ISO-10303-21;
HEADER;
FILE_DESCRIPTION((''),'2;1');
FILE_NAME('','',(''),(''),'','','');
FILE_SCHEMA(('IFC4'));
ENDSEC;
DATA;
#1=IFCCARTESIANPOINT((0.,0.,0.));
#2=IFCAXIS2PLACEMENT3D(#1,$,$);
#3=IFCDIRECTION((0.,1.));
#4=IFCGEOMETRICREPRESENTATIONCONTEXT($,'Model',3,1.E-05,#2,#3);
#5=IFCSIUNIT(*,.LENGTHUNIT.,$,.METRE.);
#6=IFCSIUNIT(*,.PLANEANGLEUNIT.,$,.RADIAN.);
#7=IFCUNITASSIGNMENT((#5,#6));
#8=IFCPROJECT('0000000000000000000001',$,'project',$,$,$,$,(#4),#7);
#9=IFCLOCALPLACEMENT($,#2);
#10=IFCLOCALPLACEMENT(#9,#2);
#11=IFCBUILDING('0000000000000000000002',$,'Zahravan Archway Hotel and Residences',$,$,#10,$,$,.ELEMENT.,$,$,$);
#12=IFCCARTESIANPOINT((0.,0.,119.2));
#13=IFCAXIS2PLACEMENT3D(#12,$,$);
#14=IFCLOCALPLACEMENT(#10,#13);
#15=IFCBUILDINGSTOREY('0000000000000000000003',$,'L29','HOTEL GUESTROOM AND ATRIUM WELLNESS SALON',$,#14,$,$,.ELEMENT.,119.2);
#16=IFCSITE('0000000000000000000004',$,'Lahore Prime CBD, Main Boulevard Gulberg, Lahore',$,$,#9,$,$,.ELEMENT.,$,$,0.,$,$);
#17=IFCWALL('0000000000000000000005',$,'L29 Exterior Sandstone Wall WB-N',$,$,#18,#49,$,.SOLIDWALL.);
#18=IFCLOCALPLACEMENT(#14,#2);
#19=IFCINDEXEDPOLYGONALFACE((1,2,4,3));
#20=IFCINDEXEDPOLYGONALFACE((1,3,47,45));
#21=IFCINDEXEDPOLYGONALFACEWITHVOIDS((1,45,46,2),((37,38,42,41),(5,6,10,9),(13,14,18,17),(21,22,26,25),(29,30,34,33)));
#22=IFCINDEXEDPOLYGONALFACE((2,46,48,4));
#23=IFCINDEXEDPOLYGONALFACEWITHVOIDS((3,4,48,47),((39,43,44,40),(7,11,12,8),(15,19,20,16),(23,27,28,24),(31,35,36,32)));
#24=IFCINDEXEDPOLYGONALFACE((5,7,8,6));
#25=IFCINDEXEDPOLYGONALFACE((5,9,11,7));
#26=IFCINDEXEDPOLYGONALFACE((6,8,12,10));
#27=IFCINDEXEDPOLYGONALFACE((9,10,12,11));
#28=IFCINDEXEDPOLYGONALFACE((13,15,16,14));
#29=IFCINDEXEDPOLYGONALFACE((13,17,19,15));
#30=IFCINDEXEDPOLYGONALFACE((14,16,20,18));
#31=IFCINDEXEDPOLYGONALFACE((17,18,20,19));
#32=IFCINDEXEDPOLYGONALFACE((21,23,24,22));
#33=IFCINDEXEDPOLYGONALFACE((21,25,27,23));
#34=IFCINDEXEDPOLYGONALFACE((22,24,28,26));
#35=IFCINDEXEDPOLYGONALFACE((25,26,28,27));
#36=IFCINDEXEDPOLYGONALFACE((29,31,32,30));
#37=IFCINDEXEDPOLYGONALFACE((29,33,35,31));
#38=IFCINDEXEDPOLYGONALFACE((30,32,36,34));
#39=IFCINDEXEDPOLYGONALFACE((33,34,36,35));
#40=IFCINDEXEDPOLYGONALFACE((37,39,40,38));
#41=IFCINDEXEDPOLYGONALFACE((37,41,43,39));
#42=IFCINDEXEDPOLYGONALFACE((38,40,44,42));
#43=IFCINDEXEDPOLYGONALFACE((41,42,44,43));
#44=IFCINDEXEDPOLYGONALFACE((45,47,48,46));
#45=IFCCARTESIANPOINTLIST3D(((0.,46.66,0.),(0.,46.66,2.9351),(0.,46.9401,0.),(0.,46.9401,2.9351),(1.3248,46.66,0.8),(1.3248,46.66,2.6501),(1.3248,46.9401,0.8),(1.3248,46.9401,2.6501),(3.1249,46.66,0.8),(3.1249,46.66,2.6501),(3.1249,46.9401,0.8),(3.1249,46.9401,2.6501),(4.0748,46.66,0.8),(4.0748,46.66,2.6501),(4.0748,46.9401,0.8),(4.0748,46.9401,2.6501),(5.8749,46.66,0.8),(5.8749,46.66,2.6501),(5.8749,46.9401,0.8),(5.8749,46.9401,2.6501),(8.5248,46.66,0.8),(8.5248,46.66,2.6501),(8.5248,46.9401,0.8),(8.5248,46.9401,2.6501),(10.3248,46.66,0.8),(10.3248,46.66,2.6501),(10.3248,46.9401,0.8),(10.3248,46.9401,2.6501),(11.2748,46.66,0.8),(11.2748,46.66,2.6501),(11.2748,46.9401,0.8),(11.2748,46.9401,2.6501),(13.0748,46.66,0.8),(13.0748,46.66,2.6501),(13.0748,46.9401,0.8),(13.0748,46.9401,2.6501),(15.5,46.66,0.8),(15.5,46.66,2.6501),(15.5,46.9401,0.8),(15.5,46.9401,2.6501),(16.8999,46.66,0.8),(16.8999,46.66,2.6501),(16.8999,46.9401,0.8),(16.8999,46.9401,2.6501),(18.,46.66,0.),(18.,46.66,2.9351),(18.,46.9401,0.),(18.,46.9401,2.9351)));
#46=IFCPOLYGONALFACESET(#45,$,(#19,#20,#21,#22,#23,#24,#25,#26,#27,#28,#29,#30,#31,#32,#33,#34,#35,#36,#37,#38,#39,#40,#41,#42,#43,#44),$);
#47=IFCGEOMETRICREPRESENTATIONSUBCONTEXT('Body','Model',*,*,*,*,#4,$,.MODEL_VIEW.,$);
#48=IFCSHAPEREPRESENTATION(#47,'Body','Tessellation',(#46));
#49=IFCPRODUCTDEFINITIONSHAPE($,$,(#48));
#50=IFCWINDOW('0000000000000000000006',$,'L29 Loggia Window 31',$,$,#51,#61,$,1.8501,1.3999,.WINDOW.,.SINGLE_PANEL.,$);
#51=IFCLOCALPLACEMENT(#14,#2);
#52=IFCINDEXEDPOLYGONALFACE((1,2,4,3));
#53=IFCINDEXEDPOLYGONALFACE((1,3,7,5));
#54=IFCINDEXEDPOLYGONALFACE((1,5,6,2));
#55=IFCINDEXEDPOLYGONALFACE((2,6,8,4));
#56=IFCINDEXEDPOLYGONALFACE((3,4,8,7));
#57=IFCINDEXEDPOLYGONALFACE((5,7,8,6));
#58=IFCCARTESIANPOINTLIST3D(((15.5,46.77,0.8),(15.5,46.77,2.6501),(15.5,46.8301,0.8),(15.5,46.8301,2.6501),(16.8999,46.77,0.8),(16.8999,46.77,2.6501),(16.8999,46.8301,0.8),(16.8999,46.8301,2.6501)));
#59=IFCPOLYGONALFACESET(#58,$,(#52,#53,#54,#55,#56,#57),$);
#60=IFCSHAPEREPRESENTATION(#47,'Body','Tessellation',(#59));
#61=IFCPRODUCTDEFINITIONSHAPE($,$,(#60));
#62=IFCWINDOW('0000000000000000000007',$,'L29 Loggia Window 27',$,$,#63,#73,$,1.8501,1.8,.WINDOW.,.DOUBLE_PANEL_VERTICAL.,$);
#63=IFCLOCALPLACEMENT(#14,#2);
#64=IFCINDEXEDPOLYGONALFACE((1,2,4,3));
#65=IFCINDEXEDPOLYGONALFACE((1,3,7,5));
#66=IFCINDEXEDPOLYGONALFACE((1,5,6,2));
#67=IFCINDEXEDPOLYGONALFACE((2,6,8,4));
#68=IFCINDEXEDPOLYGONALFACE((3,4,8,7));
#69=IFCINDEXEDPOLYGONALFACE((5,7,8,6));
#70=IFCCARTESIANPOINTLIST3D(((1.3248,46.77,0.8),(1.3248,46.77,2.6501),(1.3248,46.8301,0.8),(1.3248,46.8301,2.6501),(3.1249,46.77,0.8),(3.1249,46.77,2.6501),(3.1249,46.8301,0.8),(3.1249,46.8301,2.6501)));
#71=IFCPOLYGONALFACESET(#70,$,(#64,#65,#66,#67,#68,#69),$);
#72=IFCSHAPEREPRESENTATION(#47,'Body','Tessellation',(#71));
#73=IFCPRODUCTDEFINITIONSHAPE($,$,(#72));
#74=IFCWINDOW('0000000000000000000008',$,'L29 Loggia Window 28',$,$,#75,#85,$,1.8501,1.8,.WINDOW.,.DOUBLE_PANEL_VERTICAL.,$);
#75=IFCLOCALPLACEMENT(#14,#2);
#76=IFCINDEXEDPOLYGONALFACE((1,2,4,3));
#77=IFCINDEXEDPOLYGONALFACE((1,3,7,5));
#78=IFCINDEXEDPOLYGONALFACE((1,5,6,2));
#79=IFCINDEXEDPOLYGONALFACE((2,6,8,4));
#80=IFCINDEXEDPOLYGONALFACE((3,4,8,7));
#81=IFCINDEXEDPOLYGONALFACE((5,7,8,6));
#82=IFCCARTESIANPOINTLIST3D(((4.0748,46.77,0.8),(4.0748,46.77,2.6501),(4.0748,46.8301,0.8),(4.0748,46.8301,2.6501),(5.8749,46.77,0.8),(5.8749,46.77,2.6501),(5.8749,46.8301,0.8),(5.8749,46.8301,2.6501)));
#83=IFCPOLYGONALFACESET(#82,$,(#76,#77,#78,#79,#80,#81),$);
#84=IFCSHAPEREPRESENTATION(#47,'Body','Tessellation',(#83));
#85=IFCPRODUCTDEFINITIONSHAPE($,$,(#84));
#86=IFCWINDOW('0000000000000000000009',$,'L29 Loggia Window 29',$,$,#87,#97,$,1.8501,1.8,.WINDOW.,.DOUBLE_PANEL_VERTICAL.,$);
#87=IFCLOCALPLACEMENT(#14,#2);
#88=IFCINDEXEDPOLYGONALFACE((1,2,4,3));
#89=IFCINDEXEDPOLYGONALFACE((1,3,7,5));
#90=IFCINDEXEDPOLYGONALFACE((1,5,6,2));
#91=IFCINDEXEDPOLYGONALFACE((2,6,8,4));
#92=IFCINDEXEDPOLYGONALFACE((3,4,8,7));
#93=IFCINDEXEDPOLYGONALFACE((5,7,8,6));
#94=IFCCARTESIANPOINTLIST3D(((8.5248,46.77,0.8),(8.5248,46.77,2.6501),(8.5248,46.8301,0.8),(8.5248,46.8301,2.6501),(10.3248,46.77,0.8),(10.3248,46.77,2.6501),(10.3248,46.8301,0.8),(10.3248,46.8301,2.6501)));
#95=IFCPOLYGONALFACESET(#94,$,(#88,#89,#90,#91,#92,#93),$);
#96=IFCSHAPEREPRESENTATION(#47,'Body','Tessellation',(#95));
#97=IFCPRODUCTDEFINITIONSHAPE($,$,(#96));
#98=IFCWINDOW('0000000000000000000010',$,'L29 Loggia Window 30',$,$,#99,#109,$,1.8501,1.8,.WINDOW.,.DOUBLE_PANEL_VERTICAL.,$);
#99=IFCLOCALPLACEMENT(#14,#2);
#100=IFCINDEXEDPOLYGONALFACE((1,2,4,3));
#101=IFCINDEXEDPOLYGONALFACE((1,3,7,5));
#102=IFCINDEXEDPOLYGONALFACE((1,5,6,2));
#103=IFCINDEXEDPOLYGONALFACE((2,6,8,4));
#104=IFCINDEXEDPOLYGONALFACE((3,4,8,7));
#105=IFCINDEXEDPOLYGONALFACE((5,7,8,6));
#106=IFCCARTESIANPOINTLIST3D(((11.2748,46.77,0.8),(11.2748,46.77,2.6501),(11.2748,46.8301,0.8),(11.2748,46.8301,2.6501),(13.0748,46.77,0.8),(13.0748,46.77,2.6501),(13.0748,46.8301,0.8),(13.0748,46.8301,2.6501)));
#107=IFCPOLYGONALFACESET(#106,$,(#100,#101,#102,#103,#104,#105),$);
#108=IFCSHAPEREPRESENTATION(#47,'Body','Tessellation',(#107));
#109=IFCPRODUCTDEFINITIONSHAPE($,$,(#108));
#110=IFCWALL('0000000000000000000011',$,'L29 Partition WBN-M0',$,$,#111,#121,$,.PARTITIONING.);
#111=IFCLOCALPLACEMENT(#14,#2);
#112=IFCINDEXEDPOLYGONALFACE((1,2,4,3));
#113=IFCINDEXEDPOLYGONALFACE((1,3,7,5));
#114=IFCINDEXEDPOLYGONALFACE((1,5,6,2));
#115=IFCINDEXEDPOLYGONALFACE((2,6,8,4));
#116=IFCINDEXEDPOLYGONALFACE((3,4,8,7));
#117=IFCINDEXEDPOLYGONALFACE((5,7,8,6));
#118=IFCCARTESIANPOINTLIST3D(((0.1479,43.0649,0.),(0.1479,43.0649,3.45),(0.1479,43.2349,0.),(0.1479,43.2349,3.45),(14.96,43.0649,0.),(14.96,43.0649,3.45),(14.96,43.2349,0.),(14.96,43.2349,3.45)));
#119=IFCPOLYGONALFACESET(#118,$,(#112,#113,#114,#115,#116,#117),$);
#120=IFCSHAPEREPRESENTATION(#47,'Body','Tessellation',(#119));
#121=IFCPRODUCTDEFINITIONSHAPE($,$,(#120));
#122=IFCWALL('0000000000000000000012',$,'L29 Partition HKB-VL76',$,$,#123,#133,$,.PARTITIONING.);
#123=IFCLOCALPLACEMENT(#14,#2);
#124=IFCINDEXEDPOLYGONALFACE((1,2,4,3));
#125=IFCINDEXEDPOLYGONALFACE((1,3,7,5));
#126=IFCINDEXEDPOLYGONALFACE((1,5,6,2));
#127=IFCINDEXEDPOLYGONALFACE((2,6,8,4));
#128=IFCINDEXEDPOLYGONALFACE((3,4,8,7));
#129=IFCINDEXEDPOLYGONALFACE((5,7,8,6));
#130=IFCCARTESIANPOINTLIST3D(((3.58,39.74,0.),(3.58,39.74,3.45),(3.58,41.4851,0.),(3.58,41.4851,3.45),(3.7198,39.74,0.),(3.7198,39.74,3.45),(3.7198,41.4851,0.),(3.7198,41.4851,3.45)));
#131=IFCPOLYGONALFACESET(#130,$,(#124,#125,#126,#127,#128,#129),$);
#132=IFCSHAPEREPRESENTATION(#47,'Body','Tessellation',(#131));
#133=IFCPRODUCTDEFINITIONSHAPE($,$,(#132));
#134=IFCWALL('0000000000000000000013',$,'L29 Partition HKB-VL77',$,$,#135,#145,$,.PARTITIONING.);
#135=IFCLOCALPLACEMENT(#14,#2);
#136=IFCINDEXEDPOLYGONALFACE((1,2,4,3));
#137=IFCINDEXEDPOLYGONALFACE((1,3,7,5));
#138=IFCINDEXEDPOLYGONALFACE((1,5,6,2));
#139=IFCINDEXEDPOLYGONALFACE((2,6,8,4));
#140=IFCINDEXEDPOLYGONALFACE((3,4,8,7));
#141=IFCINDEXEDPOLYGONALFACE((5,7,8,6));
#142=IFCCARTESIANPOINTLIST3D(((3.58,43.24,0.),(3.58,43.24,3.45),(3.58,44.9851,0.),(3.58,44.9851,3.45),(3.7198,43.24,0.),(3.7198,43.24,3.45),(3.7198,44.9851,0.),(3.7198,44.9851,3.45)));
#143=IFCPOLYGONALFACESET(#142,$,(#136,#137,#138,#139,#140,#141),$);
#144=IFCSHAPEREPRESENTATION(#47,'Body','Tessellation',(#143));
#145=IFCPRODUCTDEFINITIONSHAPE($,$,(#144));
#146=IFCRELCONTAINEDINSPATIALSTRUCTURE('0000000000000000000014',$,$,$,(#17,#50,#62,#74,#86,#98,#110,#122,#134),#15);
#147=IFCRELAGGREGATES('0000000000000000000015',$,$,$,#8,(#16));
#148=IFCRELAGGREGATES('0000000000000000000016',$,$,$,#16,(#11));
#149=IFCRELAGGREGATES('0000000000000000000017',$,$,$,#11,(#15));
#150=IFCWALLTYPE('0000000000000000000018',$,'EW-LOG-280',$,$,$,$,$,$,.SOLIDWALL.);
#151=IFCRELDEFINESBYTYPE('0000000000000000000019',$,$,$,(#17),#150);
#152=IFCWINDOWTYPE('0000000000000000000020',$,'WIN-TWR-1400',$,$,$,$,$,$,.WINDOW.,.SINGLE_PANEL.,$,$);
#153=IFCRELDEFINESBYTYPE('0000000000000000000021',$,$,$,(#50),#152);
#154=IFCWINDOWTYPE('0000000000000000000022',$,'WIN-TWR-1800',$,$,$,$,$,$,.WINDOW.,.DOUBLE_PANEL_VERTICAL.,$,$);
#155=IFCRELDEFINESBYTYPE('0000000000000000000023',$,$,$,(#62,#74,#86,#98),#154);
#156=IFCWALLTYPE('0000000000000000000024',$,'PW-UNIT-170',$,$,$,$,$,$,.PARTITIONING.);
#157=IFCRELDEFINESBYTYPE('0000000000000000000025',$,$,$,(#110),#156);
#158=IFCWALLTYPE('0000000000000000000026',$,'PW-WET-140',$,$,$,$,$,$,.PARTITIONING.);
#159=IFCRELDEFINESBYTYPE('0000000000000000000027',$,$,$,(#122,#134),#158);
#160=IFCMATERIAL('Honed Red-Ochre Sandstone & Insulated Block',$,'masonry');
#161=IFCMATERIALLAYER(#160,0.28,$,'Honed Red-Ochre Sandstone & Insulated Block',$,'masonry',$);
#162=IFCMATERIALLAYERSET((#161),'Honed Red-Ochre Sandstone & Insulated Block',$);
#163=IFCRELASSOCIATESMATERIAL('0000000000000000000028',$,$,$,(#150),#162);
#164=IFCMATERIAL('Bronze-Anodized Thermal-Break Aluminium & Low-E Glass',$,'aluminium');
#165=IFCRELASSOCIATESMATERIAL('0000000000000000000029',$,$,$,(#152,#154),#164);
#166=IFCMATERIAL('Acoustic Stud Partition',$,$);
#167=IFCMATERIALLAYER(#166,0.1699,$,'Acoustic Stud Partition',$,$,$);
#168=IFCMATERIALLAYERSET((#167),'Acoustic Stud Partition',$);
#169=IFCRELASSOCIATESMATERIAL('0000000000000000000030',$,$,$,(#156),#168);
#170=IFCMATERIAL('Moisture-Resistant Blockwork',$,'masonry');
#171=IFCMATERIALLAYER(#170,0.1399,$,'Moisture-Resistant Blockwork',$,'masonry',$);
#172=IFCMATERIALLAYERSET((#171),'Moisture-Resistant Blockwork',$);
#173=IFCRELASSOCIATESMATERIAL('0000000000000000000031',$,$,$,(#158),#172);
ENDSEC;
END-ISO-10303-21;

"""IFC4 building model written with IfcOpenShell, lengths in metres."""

from ifc_helpers import new_model, si_unit, direction, frame, frame_2d, origin, place, context, subcontext, project, spatial, rectangle, extrude, source, transform, mapped, material, layer, layer_set, type_object, type_shapes, element, fill, save


model = new_model("IFC4")

# Units and contexts
model_context = context("Model", 3, precision=1e-05, world=origin(), true_north=direction((0.0, 1.0)))
body_context = subcontext(model_context, "Body", "Model", "MODEL_VIEW")
ifc_project = project(units=[si_unit("LENGTHUNIT", "METRE"), si_unit("PLANEANGLEUNIT", "RADIAN")], contexts=[model_context])

# Site, building, storey
site_placement = place(None, origin())
site = spatial("IfcSite", under=ifc_project, at=site_placement, Name="Lahore Prime CBD, Main Boulevard Gulberg, Lahore", CompositionType="ELEMENT", RefElevation=0.0)
building_placement = place(site_placement, origin())
building = spatial("IfcBuilding", under=site, at=building_placement, Name="Zahravan Archway Hotel and Residences", CompositionType="ELEMENT")
storey_placement = place(building_placement, frame((0.0, 0.0, 119.2)))
storey = spatial("IfcBuildingStorey", under=building, at=storey_placement, Name="L29", Description="HOTEL GUESTROOM AND ATRIUM WELLNESS SALON", CompositionType="ELEMENT", Elevation=119.2)

# Wall, openings, windows
ifc_material_1 = material(Name="Honed Red-Ochre Sandstone & Insulated Block", Category="masonry")
ifc_layer_1 = layer(ifc_material_1, 0.28, Name="Honed Red-Ochre Sandstone & Insulated Block", Category="masonry")
ifc_layer_set_1 = layer_set([ifc_layer_1], Name="Honed Red-Ochre Sandstone & Insulated Block")
wall_type_1 = type_object("IfcWallType", Name="EW-LOG-280", PredefinedType="SOLIDWALL", material=ifc_layer_set_1)
wall_1_placement = place(storey_placement, frame((0.0, 46.8, 0.0), z_axis=(0.0, 0.0, 1.0), x_axis=(1.0, 0.0, 0.0)))
wall_1 = element("IfcWall", 1, at=wall_1_placement, inside=storey, type_object=wall_type_1, Name="L29 Exterior Sandstone Wall WB-N", PredefinedType="SOLIDWALL", context=body_context, shape_type="SweptSolid", body=[
    extrude(rectangle(XDim=18.0, YDim=0.28, at=frame_2d((9.0, 0.0))), origin(), (0.0, 0.0, 1.0), 2.9351),
])
opening_1_placement = place(wall_1_placement, frame((1.325, 0.0, 0.8)))
opening_1 = element("IfcOpeningElement", 2, at=opening_1_placement, cuts=wall_1, PredefinedType="OPENING", context=body_context, shape_type="SweptSolid", body=[
    extrude(rectangle(XDim=1.8, YDim=1.8501, at=frame_2d((0.8999, 0.925))), frame((0.0, 0.1499, 0.0), z_axis=(0.0, -1.0, 0.0), x_axis=(1.0, 0.0, 0.0)), (0.0, 0.0, 1.0), 0.3),
])
opening_2_placement = place(wall_1_placement, frame((4.075, 0.0, 0.8)))
opening_2 = element("IfcOpeningElement", 3, at=opening_2_placement, cuts=wall_1, PredefinedType="OPENING", context=body_context, shape_type="SweptSolid", body=[
    extrude(rectangle(XDim=1.8, YDim=1.8501, at=frame_2d((0.8999, 0.925))), frame((0.0, 0.1499, 0.0), z_axis=(0.0, -1.0, 0.0), x_axis=(1.0, 0.0, 0.0)), (0.0, 0.0, 1.0), 0.3),
])
opening_3_placement = place(wall_1_placement, frame((8.5249, 0.0, 0.8)))
opening_3 = element("IfcOpeningElement", 4, at=opening_3_placement, cuts=wall_1, PredefinedType="OPENING", context=body_context, shape_type="SweptSolid", body=[
    extrude(rectangle(XDim=1.8, YDim=1.8501, at=frame_2d((0.8999, 0.925))), frame((0.0, 0.1499, 0.0), z_axis=(0.0, -1.0, 0.0), x_axis=(1.0, 0.0, 0.0)), (0.0, 0.0, 1.0), 0.3),
])
opening_4_placement = place(wall_1_placement, frame((11.2749, 0.0, 0.8)))
opening_4 = element("IfcOpeningElement", 5, at=opening_4_placement, cuts=wall_1, PredefinedType="OPENING", context=body_context, shape_type="SweptSolid", body=[
    extrude(rectangle(XDim=1.8, YDim=1.8501, at=frame_2d((0.8999, 0.925))), frame((0.0, 0.1499, 0.0), z_axis=(0.0, -1.0, 0.0), x_axis=(1.0, 0.0, 0.0)), (0.0, 0.0, 1.0), 0.3),
])
opening_5_placement = place(wall_1_placement, frame((15.5, 0.0, 0.8)))
opening_5 = element("IfcOpeningElement", 6, at=opening_5_placement, cuts=wall_1, PredefinedType="OPENING", context=body_context, shape_type="SweptSolid", body=[
    extrude(rectangle(XDim=1.3999, YDim=1.8501, at=frame_2d((0.7, 0.925))), frame((0.0, 0.1499, 0.0), z_axis=(0.0, -1.0, 0.0), x_axis=(1.0, 0.0, 0.0)), (0.0, 0.0, 1.0), 0.3),
])
ifc_material_2 = material(Name="Bronze-Anodized Thermal-Break Aluminium & Low-E Glass", Category="aluminium")
window_type_1 = type_object("IfcWindowType", Name="WIN-TWR-1400", PartitioningType="SINGLE_PANEL", PredefinedType="WINDOW", material=ifc_material_2)
shared_shape_1 = source(origin(), body_context, "Body", "SweptSolid", [
    extrude(rectangle(XDim=1.3999, YDim=1.8501, at=frame_2d((0.7, 0.925))), frame((0.0, 0.03, 0.0), z_axis=(0.0, -1.0, 0.0), x_axis=(1.0, 0.0, 0.0)), (0.0, 0.0, 1.0), 0.0601),
])
type_shapes(window_type_1, [shared_shape_1])
window_1_placement = place(opening_5_placement, origin())
window_1 = element("IfcWindow", 7, at=window_1_placement, inside=storey, type_object=window_type_1, Name="L29 Loggia Window 31", OverallHeight=1.8501, OverallWidth=1.3999, PartitioningType="SINGLE_PANEL", PredefinedType="WINDOW", context=body_context, shape_type="MappedRepresentation", body=[
    mapped(shared_shape_1, transform((0.0, 0.0, 0.0), scale=1.0)),
])
fill(opening_5, window_1)
window_type_2 = type_object("IfcWindowType", Name="WIN-TWR-1800", PartitioningType="DOUBLE_PANEL_VERTICAL", PredefinedType="WINDOW", material=ifc_material_2)
shared_shape_2 = source(origin(), body_context, "Body", "SweptSolid", [
    extrude(rectangle(XDim=1.8, YDim=1.8501, at=frame_2d((0.8999, 0.925))), frame((0.0, 0.03, 0.0), z_axis=(0.0, -1.0, 0.0), x_axis=(1.0, 0.0, 0.0)), (0.0, 0.0, 1.0), 0.0601),
])
type_shapes(window_type_2, [shared_shape_2])
window_2_placement = place(opening_1_placement, origin())
window_2 = element("IfcWindow", 8, at=window_2_placement, inside=storey, type_object=window_type_2, Name="L29 Loggia Window 27", OverallHeight=1.8501, OverallWidth=1.8, PartitioningType="DOUBLE_PANEL_VERTICAL", PredefinedType="WINDOW", context=body_context, shape_type="MappedRepresentation", body=[
    mapped(shared_shape_2, transform((0.0, 0.0, 0.0), scale=1.0)),
])
fill(opening_1, window_2)
window_3_placement = place(opening_2_placement, origin())
window_3 = element("IfcWindow", 9, at=window_3_placement, inside=storey, type_object=window_type_2, Name="L29 Loggia Window 28", OverallHeight=1.8501, OverallWidth=1.8, PartitioningType="DOUBLE_PANEL_VERTICAL", PredefinedType="WINDOW", context=body_context, shape_type="MappedRepresentation", body=[
    mapped(shared_shape_2, transform((0.0, 0.0, 0.0), scale=1.0)),
])
fill(opening_2, window_3)
window_4_placement = place(opening_3_placement, origin())
window_4 = element("IfcWindow", 10, at=window_4_placement, inside=storey, type_object=window_type_2, Name="L29 Loggia Window 29", OverallHeight=1.8501, OverallWidth=1.8, PartitioningType="DOUBLE_PANEL_VERTICAL", PredefinedType="WINDOW", context=body_context, shape_type="MappedRepresentation", body=[
    mapped(shared_shape_2, transform((0.0, 0.0, 0.0), scale=1.0)),
])
fill(opening_3, window_4)
window_5_placement = place(opening_4_placement, origin())
window_5 = element("IfcWindow", 11, at=window_5_placement, inside=storey, type_object=window_type_2, Name="L29 Loggia Window 30", OverallHeight=1.8501, OverallWidth=1.8, PartitioningType="DOUBLE_PANEL_VERTICAL", PredefinedType="WINDOW", context=body_context, shape_type="MappedRepresentation", body=[
    mapped(shared_shape_2, transform((0.0, 0.0, 0.0), scale=1.0)),
])
fill(opening_4, window_5)

# Shared definitions
ifc_material_3 = material(Name="Acoustic Stud Partition")
ifc_layer_2 = layer(ifc_material_3, 0.1699, Name="Acoustic Stud Partition")
ifc_layer_set_2 = layer_set([ifc_layer_2], Name="Acoustic Stud Partition")
wall_type_2 = type_object("IfcWallType", Name="PW-UNIT-170", PredefinedType="PARTITIONING", material=ifc_layer_set_2)

# Walls
wall_2_placement = place(storey_placement, frame((0.1479, 43.1499, 0.0), z_axis=(0.0, 0.0, 1.0), x_axis=(1.0, 0.0, 0.0)))
element("IfcWall", 12, at=wall_2_placement, inside=storey, type_object=wall_type_2, Name="L29 Partition WBN-M0", PredefinedType="PARTITIONING", context=body_context, shape_type="SweptSolid", body=[
    extrude(rectangle(XDim=14.812, YDim=0.1699, at=frame_2d((7.406, 0.0))), origin(), (0.0, 0.0, 1.0), 3.45),
])
ifc_material_4 = material(Name="Moisture-Resistant Blockwork", Category="masonry")
ifc_layer_3 = layer(ifc_material_4, 0.1399, Name="Moisture-Resistant Blockwork", Category="masonry")
ifc_layer_set_3 = layer_set([ifc_layer_3], Name="Moisture-Resistant Blockwork")
wall_type_3 = type_object("IfcWallType", Name="PW-WET-140", PredefinedType="PARTITIONING", material=ifc_layer_set_3)
for number, where, z_axis, x_axis, name in (
    (13, (3.6499, 39.74, 0.0), (0.0, 0.0, 1.0), (0.0, 1.0, 0.0), "L29 Partition HKB-VL76"),
    (14, (3.6499, 43.24, 0.0), (0.0, 0.0, 1.0), (0.0, 1.0, 0.0), "L29 Partition HKB-VL77"),
):
    element("IfcWall", number, at=place(storey_placement, frame(where, z_axis=z_axis, x_axis=x_axis)), inside=storey, type_object=wall_type_3, Name=name, PredefinedType="PARTITIONING", context=body_context, shape_type="SweptSolid", body=[
        extrude(rectangle(XDim=1.7451, YDim=0.1399, at=frame_2d((0.8726, 0.0))), origin(), (0.0, 0.0, 1.0), 3.45),
    ])

save(model, "model.ifc")
